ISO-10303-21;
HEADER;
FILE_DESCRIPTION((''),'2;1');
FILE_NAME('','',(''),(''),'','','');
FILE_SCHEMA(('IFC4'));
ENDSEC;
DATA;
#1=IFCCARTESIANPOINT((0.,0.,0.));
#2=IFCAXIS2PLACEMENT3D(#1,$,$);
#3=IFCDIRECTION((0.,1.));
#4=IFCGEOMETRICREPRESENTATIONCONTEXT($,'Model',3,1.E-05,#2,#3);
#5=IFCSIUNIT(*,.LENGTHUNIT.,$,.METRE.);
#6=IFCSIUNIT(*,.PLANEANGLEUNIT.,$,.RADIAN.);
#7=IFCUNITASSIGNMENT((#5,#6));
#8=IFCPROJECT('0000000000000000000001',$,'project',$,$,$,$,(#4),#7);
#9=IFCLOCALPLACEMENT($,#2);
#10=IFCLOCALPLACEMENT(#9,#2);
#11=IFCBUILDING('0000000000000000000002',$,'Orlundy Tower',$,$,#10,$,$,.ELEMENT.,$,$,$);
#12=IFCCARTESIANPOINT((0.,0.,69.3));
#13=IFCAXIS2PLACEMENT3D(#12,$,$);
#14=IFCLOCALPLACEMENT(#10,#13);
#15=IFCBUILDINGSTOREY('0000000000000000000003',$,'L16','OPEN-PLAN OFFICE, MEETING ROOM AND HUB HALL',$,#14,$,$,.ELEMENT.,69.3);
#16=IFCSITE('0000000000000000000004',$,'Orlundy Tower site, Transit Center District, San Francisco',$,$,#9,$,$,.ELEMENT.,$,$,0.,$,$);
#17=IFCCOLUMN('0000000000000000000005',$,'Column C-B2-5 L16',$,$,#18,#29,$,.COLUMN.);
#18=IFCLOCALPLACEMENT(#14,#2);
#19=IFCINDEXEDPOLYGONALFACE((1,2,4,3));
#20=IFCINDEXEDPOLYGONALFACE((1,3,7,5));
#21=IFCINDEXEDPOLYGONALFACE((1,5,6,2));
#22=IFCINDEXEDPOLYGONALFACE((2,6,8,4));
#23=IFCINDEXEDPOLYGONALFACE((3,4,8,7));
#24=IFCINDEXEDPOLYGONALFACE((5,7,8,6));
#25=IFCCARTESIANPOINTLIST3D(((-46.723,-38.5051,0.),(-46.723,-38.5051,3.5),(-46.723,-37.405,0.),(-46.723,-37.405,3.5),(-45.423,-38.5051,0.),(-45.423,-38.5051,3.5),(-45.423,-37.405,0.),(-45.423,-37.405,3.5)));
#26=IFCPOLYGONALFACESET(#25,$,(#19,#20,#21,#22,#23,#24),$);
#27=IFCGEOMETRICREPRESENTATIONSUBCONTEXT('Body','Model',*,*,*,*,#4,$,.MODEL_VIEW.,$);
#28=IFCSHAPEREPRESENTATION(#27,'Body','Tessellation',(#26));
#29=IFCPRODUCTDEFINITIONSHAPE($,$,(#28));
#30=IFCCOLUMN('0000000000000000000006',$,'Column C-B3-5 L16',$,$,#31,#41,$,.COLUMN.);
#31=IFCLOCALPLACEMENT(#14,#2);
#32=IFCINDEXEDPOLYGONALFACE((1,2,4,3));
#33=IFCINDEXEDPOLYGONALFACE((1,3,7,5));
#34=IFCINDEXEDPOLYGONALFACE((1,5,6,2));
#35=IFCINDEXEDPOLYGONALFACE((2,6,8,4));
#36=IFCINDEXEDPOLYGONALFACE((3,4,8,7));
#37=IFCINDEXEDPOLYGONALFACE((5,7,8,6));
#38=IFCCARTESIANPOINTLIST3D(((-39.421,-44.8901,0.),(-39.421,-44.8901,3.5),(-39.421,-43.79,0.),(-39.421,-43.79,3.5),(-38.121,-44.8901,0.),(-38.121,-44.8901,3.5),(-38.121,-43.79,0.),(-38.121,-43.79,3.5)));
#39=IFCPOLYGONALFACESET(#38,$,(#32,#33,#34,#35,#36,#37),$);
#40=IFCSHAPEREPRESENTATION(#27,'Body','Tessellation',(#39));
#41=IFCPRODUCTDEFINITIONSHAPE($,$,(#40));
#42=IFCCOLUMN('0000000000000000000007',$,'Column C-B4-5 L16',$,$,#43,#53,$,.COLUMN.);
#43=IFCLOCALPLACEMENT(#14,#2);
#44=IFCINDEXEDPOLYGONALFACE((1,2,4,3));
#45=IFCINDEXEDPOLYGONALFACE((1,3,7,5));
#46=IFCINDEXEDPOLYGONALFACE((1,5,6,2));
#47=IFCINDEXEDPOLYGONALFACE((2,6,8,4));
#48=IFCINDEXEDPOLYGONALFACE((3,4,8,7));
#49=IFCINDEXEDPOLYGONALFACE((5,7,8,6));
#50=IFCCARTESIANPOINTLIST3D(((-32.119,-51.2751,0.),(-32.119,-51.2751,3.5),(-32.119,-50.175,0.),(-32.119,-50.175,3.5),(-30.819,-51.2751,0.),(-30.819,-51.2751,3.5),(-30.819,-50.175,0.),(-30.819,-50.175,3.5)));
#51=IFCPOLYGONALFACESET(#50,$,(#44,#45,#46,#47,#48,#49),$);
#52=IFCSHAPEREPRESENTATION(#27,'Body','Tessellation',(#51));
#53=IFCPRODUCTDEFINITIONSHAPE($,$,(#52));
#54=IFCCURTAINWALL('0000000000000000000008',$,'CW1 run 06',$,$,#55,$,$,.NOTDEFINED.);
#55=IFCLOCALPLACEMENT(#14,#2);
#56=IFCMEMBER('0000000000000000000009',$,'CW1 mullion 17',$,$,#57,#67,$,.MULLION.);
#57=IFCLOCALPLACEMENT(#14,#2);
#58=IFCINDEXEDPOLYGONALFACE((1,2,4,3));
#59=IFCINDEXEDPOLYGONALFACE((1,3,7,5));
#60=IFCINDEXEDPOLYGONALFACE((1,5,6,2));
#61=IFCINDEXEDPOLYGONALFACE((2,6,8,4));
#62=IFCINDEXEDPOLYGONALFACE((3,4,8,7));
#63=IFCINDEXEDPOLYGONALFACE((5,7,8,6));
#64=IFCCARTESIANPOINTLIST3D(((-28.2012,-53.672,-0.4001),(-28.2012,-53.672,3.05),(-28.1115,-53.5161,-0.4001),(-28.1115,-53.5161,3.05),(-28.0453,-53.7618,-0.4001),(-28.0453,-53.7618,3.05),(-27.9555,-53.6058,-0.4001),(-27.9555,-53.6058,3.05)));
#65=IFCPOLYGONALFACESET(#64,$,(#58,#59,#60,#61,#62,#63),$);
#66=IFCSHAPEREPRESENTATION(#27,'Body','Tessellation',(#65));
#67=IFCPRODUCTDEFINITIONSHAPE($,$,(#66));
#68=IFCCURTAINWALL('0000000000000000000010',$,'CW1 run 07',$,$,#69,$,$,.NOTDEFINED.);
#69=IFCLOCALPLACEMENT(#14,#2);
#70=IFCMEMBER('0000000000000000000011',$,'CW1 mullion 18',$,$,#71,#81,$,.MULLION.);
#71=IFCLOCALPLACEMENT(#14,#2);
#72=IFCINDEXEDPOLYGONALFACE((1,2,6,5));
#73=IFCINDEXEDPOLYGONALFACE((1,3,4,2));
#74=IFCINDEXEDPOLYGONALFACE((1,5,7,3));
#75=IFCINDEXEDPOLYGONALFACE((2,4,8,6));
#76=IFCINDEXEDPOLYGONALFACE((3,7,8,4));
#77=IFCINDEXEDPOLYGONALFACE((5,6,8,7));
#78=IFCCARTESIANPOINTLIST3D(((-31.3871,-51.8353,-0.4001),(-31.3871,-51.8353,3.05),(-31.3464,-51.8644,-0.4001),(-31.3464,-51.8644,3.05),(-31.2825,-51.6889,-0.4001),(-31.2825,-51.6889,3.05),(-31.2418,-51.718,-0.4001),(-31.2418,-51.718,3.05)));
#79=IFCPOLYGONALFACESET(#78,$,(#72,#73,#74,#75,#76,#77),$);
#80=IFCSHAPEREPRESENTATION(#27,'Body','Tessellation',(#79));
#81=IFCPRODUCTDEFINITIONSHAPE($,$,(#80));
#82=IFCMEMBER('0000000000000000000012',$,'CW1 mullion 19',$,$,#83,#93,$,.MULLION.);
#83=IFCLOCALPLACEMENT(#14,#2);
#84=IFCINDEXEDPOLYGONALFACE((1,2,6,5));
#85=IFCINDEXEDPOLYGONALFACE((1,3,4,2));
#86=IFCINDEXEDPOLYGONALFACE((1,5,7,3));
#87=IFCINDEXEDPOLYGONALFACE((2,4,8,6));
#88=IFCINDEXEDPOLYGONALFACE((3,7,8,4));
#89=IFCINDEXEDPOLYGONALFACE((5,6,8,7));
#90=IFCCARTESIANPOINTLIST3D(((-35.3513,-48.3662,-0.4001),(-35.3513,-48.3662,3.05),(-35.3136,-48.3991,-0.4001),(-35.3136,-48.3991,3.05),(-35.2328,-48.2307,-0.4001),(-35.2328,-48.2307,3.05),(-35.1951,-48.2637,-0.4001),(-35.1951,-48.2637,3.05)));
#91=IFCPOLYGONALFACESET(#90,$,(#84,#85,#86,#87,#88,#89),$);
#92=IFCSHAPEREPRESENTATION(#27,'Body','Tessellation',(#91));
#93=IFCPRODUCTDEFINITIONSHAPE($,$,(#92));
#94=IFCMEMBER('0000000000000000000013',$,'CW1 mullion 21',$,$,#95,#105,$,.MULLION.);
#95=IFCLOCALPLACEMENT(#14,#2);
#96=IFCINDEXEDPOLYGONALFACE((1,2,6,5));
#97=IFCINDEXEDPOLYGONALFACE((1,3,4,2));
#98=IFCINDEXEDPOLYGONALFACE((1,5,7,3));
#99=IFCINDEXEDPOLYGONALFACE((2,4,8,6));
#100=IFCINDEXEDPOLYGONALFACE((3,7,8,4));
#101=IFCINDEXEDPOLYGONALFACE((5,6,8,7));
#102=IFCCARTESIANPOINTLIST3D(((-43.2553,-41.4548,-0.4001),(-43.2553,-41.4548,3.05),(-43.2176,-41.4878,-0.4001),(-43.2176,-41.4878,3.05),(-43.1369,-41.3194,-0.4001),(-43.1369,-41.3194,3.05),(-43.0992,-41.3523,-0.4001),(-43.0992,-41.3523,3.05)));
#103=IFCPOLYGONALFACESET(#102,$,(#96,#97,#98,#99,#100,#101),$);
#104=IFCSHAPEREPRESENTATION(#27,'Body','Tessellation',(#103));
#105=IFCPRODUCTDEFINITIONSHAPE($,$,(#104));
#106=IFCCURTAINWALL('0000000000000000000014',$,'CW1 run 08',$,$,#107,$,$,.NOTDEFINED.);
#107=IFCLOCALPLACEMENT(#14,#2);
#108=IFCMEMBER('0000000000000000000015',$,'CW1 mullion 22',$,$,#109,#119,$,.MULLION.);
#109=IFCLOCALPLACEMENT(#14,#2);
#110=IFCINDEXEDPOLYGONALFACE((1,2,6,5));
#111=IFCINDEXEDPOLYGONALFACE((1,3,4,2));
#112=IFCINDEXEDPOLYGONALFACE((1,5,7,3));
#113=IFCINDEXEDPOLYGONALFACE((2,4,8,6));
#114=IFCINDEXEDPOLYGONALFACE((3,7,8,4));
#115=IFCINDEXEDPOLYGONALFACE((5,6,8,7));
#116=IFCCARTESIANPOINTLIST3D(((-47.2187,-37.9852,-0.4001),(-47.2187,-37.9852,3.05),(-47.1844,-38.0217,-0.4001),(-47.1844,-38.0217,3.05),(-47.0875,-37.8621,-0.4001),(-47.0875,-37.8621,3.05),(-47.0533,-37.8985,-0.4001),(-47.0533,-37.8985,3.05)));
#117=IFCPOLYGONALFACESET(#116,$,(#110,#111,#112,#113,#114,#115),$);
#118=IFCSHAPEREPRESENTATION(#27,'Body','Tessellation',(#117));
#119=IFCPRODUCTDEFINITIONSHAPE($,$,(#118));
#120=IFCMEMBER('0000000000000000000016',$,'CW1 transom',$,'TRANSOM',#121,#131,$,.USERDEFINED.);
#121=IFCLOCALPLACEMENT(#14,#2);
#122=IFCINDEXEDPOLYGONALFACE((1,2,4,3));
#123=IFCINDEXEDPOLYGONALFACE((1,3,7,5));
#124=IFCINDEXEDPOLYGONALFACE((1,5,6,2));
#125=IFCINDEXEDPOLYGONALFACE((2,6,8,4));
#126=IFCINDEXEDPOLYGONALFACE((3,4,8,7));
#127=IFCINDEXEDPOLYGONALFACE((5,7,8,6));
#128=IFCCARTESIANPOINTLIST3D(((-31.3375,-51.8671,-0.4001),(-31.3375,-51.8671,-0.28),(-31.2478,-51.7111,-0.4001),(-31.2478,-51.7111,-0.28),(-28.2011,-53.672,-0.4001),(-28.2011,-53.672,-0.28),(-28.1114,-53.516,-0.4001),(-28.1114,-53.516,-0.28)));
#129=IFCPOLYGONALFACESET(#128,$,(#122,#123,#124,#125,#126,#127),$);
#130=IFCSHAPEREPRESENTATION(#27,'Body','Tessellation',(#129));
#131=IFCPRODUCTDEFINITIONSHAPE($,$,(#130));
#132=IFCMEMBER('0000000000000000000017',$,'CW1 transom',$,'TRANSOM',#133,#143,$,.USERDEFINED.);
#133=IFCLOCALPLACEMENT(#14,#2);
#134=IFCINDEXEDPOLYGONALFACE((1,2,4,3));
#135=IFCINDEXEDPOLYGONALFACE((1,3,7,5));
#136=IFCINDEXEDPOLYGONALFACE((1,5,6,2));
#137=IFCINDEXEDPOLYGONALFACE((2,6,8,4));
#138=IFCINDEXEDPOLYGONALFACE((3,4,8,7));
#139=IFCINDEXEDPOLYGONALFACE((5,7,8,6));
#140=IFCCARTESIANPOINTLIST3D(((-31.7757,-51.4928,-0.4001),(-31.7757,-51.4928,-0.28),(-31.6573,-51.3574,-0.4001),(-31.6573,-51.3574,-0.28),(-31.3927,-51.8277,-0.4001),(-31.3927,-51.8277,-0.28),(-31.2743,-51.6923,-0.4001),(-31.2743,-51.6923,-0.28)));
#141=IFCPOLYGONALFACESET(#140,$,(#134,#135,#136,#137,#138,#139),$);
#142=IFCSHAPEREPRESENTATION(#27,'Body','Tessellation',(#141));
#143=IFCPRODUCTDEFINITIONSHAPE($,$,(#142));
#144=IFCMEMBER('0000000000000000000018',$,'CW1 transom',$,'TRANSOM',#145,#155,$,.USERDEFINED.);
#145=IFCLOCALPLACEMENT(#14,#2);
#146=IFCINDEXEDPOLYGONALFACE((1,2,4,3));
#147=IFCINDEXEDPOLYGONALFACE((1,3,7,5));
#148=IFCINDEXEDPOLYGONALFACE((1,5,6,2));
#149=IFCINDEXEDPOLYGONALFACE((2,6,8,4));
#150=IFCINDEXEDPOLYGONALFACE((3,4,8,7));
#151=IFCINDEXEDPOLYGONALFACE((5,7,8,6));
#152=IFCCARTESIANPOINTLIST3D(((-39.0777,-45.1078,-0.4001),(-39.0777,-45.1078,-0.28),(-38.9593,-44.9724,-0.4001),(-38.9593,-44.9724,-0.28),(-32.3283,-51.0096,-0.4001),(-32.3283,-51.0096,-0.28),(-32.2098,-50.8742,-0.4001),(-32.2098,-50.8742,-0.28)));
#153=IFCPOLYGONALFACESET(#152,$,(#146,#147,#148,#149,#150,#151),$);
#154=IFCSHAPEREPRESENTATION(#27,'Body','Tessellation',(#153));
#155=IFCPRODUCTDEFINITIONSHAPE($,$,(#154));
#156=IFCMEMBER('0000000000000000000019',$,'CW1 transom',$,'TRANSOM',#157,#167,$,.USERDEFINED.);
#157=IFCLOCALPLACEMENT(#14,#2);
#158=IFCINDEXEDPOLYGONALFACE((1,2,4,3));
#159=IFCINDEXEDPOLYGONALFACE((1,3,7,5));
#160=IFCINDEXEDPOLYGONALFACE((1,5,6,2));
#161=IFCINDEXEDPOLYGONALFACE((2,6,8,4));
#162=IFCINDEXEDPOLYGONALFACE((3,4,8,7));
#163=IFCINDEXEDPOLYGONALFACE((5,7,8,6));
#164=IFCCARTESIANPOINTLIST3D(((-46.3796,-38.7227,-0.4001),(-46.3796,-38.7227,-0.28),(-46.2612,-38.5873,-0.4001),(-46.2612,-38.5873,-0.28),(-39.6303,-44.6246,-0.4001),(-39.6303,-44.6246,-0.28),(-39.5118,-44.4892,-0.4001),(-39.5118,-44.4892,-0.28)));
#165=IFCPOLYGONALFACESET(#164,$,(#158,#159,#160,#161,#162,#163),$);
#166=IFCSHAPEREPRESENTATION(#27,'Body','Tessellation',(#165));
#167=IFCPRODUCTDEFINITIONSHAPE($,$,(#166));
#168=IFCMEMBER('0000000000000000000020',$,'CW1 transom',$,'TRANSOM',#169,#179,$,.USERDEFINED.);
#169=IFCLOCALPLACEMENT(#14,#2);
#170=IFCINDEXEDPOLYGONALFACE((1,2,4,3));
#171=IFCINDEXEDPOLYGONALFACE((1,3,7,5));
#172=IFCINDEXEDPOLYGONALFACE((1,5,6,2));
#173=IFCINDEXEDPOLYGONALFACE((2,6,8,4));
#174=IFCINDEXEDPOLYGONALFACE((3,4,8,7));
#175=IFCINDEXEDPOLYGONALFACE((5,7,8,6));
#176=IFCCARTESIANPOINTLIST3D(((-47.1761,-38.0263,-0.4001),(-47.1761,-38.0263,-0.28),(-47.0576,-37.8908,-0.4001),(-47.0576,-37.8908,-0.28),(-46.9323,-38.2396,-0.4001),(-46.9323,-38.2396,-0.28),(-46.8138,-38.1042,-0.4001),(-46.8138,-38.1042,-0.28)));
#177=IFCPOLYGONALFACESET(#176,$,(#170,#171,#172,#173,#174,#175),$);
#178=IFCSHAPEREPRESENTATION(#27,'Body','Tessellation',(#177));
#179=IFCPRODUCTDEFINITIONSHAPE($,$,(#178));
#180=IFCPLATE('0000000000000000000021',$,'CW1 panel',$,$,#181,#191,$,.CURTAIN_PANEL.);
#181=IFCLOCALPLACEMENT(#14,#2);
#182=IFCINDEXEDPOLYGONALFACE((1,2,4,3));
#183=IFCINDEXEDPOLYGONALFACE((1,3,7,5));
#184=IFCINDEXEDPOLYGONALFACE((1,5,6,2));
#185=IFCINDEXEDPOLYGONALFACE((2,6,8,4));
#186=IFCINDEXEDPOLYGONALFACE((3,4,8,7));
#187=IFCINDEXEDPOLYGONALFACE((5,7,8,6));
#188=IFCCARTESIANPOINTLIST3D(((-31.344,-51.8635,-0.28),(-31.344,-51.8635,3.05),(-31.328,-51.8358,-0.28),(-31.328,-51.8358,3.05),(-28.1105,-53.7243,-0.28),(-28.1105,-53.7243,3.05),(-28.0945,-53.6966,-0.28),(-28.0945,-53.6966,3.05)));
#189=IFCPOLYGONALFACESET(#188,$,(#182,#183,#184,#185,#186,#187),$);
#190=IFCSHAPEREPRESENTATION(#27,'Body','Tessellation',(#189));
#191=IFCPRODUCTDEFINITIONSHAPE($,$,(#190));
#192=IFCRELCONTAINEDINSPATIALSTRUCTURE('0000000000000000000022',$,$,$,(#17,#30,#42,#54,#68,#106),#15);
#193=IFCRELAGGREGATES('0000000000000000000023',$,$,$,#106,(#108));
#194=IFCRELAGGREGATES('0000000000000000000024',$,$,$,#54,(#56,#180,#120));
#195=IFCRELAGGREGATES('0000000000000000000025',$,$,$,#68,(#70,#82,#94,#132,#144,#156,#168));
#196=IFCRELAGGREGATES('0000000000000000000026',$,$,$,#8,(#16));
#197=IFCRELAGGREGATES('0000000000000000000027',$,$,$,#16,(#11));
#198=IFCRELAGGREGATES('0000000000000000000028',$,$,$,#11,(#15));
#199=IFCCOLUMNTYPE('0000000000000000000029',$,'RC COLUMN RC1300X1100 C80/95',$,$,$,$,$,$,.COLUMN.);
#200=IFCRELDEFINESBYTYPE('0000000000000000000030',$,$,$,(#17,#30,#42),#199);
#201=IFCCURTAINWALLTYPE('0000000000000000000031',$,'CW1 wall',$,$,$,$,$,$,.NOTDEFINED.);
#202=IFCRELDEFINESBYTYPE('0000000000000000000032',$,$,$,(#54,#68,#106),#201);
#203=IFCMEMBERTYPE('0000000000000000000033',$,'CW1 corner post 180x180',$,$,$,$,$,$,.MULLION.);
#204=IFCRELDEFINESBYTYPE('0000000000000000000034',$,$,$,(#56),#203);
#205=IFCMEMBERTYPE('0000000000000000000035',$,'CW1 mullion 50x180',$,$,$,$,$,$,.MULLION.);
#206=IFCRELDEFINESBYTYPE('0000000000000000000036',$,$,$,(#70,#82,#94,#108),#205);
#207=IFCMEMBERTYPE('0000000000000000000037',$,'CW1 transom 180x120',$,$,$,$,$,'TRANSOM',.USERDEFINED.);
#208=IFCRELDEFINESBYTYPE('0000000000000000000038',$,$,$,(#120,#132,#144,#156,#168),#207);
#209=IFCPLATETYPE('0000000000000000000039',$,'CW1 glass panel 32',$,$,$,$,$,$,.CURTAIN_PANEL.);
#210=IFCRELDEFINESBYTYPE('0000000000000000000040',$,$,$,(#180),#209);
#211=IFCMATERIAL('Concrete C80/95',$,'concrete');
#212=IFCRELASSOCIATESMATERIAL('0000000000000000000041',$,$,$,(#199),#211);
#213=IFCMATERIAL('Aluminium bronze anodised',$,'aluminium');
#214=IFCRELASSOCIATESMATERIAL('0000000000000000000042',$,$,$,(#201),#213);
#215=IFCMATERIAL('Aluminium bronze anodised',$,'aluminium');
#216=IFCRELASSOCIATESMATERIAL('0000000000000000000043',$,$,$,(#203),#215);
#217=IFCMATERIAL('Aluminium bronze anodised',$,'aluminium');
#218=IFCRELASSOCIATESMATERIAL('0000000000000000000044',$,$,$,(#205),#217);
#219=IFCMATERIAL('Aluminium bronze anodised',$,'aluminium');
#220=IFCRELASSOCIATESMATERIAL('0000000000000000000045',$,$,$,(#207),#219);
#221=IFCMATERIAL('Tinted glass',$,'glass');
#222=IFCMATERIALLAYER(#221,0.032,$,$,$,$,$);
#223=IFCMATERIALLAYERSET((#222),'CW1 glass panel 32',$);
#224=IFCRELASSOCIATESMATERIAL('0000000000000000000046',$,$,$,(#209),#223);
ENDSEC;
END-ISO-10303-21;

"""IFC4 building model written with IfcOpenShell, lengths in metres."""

from ifc_helpers import new_model, si_unit, direction, frame, origin, origin_2d, place, context, subcontext, project, spatial, rectangle, extrude, material, layer, layer_set, material_profile, profile_set, type_object, element, aggregate, save


model = new_model("IFC4")

# Units and contexts
model_context = context("Model", 3, precision=1e-05, world=origin(), true_north=direction((0.0, 1.0)))
body_context = subcontext(model_context, "Body", "Model", "MODEL_VIEW")
ifc_project = project(units=[si_unit("LENGTHUNIT", "METRE"), si_unit("PLANEANGLEUNIT", "RADIAN")], contexts=[model_context])

# Site, building, storey
site_placement = place(None, origin())
site = spatial("IfcSite", under=ifc_project, at=site_placement, Name="Orlundy Tower site, Transit Center District, San Francisco", CompositionType="ELEMENT", RefElevation=0.0)
building_placement = place(site_placement, origin())
building = spatial("IfcBuilding", under=site, at=building_placement, Name="Orlundy Tower", CompositionType="ELEMENT")
storey_placement = place(building_placement, frame((0.0, 0.0, 69.3)))
storey = spatial("IfcBuildingStorey", under=building, at=storey_placement, Name="L16", Description="OPEN-PLAN OFFICE, MEETING ROOM AND HUB HALL", CompositionType="ELEMENT", Elevation=69.3)

# Columns
ifc_material_1 = material(Name="Concrete C80/95", Category="concrete")
ifc_material_profile_1 = material_profile(ifc_material_1, rectangle(XDim=1.3, YDim=1.1001, at=origin_2d()), Name="RC1300X1100")
ifc_profile_set_1 = profile_set([ifc_material_profile_1], Name="Concrete C80/95")
column_type = type_object("IfcColumnType", Name="RC COLUMN RC1300X1100 C80/95", PredefinedType="COLUMN", material=ifc_profile_set_1)
for number, where, z_axis, x_axis, name in (
    (1, (-46.073, -37.9551, 0.0), (0.0, 0.0, 1.0), (1.0, 0.0, 0.0), "Column C-B2-5 L16"),
    (2, (-38.771, -44.3401, 0.0), (0.0, 0.0, 1.0), (1.0, 0.0, 0.0), "Column C-B3-5 L16"),
    (3, (-31.469, -50.7251, 0.0), (0.0, 0.0, 1.0), (1.0, 0.0, 0.0), "Column C-B4-5 L16"),
):
    element("IfcColumn", number, at=place(storey_placement, frame(where, z_axis=z_axis, x_axis=x_axis)), inside=storey, type_object=column_type, Name=name, PredefinedType="COLUMN", context=body_context, shape_type="SweptSolid", body=[
        extrude(rectangle(XDim=1.3, YDim=1.1001, at=origin_2d()), origin(), (0.0, 0.0, 1.0), 3.5),
    ])

# Curtain wall, member
ifc_material_2 = material(Name="Aluminium bronze anodised", Category="aluminium")
curtain_wall_type = type_object("IfcCurtainWallType", Name="CW1 wall", PredefinedType="NOTDEFINED", material=ifc_material_2)
curtain_wall_1_placement = place(storey_placement, origin())
curtain_wall_1 = element("IfcCurtainWall", 4, at=curtain_wall_1_placement, inside=storey, type_object=curtain_wall_type, Name="CW1 run 06", PredefinedType="NOTDEFINED")
ifc_material_3 = material(Name="Aluminium bronze anodised", Category="aluminium")
ifc_material_profile_2 = material_profile(ifc_material_3, rectangle(XDim=0.1799, YDim=0.1799, at=origin_2d()), Name="CW1 corner post 180x180")
ifc_profile_set_2 = profile_set([ifc_material_profile_2], Name="Aluminium bronze anodised")
member_type_1 = type_object("IfcMemberType", Name="CW1 corner post 180x180", PredefinedType="MULLION", material=ifc_profile_set_2)
member_1_placement = place(storey_placement, frame((-28.0784, -53.6389, -0.4001), z_axis=(0.0, 0.0, 1.0), x_axis=(-0.49878, -0.866728, 0.0)))
member_1 = element("IfcMember", 5, at=member_1_placement, type_object=member_type_1, Name="CW1 mullion 17", PredefinedType="MULLION", context=body_context, shape_type="SweptSolid", body=[
    extrude(rectangle(XDim=0.1799, YDim=0.1799, at=origin_2d()), origin(), (0.0, 0.0, 1.0), 3.4502),
])

# Curtain wall, members
curtain_wall_2_placement = place(storey_placement, origin())
curtain_wall_2 = element("IfcCurtainWall", 6, at=curtain_wall_2_placement, inside=storey, type_object=curtain_wall_type, Name="CW1 run 07", PredefinedType="NOTDEFINED")
ifc_material_4 = material(Name="Aluminium bronze anodised", Category="aluminium")
ifc_material_profile_3 = material_profile(ifc_material_4, rectangle(XDim=0.1799, YDim=0.05, at=origin_2d()), Name="CW1 mullion 50x180")
ifc_profile_set_3 = profile_set([ifc_material_profile_3], Name="Aluminium bronze anodised")
member_type_2 = type_object("IfcMemberType", Name="CW1 mullion 50x180", PredefinedType="MULLION", material=ifc_profile_set_3)
member_2_placement = place(storey_placement, frame((-31.3145, -51.7766, -0.4001), z_axis=(0.0, 0.0, 1.0), x_axis=(-0.581319, -0.813676, 0.0)))
member_2 = element("IfcMember", 7, at=member_2_placement, type_object=member_type_2, Name="CW1 mullion 18", PredefinedType="MULLION", context=body_context, shape_type="SweptSolid", body=[
    extrude(rectangle(XDim=0.1799, YDim=0.05, at=origin_2d()), origin(), (0.0, 0.0, 1.0), 3.4502),
])
member_3_placement = place(storey_placement, frame((-35.2732, -48.3149, -0.4001), z_axis=(0.0, 0.0, 1.0), x_axis=(-0.658262, -0.752789, 0.0)))
member_3 = element("IfcMember", 8, at=member_3_placement, type_object=member_type_2, Name="CW1 mullion 19", PredefinedType="MULLION", context=body_context, shape_type="SweptSolid", body=[
    extrude(rectangle(XDim=0.1799, YDim=0.05, at=origin_2d()), origin(), (0.0, 0.0, 1.0), 3.4502),
])
member_4_placement = place(storey_placement, frame((-43.1772, -41.4036, -0.4001), z_axis=(0.0, 0.0, 1.0), x_axis=(-0.658262, -0.752789, 0.0)))
member_4 = element("IfcMember", 9, at=member_4_placement, type_object=member_type_2, Name="CW1 mullion 21", PredefinedType="MULLION", context=body_context, shape_type="SweptSolid", body=[
    extrude(rectangle(XDim=0.1799, YDim=0.05, at=origin_2d()), origin(), (0.0, 0.0, 1.0), 3.4502),
])

# Curtain wall, member
curtain_wall_3_placement = place(storey_placement, origin())
curtain_wall_3 = element("IfcCurtainWall", 10, at=curtain_wall_3_placement, inside=storey, type_object=curtain_wall_type, Name="CW1 run 08", PredefinedType="NOTDEFINED")
member_5_placement = place(storey_placement, frame((-47.136, -37.9419, -0.4001), z_axis=(0.0, 0.0, 1.0), x_axis=(-0.728889, -0.684632, 0.0)))
member_5 = element("IfcMember", 11, at=member_5_placement, type_object=member_type_2, Name="CW1 mullion 22", PredefinedType="MULLION", context=body_context, shape_type="SweptSolid", body=[
    extrude(rectangle(XDim=0.1799, YDim=0.05, at=origin_2d()), origin(), (0.0, 0.0, 1.0), 3.4502),
])
aggregate(curtain_wall_3, [member_5])

# Members
ifc_material_5 = material(Name="Aluminium bronze anodised", Category="aluminium")
ifc_material_profile_4 = material_profile(ifc_material_5, rectangle(XDim=0.1799, YDim=0.1201, at=origin_2d()), Name="CW1 transom 180x120")
ifc_profile_set_4 = profile_set([ifc_material_profile_4], Name="Aluminium bronze anodised")
member_type_3 = type_object("IfcMemberType", Name="CW1 transom 180x120", ElementType="TRANSOM", PredefinedType="USERDEFINED", material=ifc_profile_set_4)
member_6_placement = place(storey_placement, frame((-28.1562, -53.594, -0.3401), z_axis=(-0.866732, 0.498774, 0.0), x_axis=(-0.498774, -0.866732, 0.0)))
member_6 = element("IfcMember", 12, at=member_6_placement, type_object=member_type_3, Name="CW1 transom", ObjectType="TRANSOM", PredefinedType="USERDEFINED", context=body_context, shape_type="SweptSolid", body=[
    extrude(rectangle(XDim=0.1799, YDim=0.1201, at=origin_2d()), origin(), (0.0, 0.0, 1.0), 3.6187),
])
member_7_placement = place(storey_placement, frame((-31.3335, -51.76, -0.3401), z_axis=(-0.752785, 0.658267, 0.0), x_axis=(-0.658267, -0.752785, 0.0)))
member_7 = element("IfcMember", 13, at=member_7_placement, type_object=member_type_3, Name="CW1 transom", ObjectType="TRANSOM", PredefinedType="USERDEFINED", context=body_context, shape_type="SweptSolid", body=[
    extrude(rectangle(XDim=0.1799, YDim=0.1201, at=origin_2d()), origin(), (0.0, 0.0, 1.0), 0.5088),
])
member_8_placement = place(storey_placement, frame((-32.269, -50.9419, -0.3401), z_axis=(-0.752796, 0.658254, 0.0), x_axis=(-0.658254, -0.752796, 0.0)))
member_8 = element("IfcMember", 14, at=member_8_placement, type_object=member_type_3, Name="CW1 transom", ObjectType="TRANSOM", PredefinedType="USERDEFINED", context=body_context, shape_type="SweptSolid", body=[
    extrude(rectangle(XDim=0.1799, YDim=0.1201, at=origin_2d()), origin(), (0.0, 0.0, 1.0), 8.9658),
])
member_9_placement = place(storey_placement, frame((-39.571, -44.5569, -0.3401), z_axis=(-0.752784, 0.658267, 0.0), x_axis=(-0.658267, -0.752784, 0.0)))
member_9 = element("IfcMember", 15, at=member_9_placement, type_object=member_type_3, Name="CW1 transom", ObjectType="TRANSOM", PredefinedType="USERDEFINED", context=body_context, shape_type="SweptSolid", body=[
    extrude(rectangle(XDim=0.1799, YDim=0.1201, at=origin_2d()), origin(), (0.0, 0.0, 1.0), 8.9658),
])
member_10_placement = place(storey_placement, frame((-46.873, -38.1719, -0.3401), z_axis=(-0.752623, 0.658451, 0.0), x_axis=(-0.658451, -0.752623, 0.0)))
member_10 = element("IfcMember", 16, at=member_10_placement, type_object=member_type_3, Name="CW1 transom", ObjectType="TRANSOM", PredefinedType="USERDEFINED", context=body_context, shape_type="SweptSolid", body=[
    extrude(rectangle(XDim=0.1799, YDim=0.1201, at=origin_2d()), origin(), (0.0, 0.0, 1.0), 0.324),
])

# Plate
ifc_material_6 = material(Name="Tinted glass", Category="glass")
ifc_layer_1 = layer(ifc_material_6, 0.032)
ifc_layer_set_1 = layer_set([ifc_layer_1], Name="CW1 glass panel 32")
plate_type = type_object("IfcPlateType", Name="CW1 glass panel 32", PredefinedType="CURTAIN_PANEL", material=ifc_layer_set_1)
plate_1_placement = place(storey_placement, frame((-29.7192, -52.78, -0.28), z_axis=(0.0, 0.0, 1.0), x_axis=(-0.866728, 0.49878, 0.0)))
plate_1 = element("IfcPlate", 17, at=plate_1_placement, type_object=plate_type, Name="CW1 panel", PredefinedType="CURTAIN_PANEL", context=body_context, shape_type="SweptSolid", body=[
    extrude(rectangle(XDim=3.7307, YDim=0.032, at=origin_2d()), origin(), (0.0, 0.0, 1.0), 3.3301),
])
aggregate(curtain_wall_1, [member_1, plate_1, member_6])
aggregate(curtain_wall_2, [member_2, member_3, member_4, member_7, member_8, member_9, member_10])

save(model, "model.ifc")
